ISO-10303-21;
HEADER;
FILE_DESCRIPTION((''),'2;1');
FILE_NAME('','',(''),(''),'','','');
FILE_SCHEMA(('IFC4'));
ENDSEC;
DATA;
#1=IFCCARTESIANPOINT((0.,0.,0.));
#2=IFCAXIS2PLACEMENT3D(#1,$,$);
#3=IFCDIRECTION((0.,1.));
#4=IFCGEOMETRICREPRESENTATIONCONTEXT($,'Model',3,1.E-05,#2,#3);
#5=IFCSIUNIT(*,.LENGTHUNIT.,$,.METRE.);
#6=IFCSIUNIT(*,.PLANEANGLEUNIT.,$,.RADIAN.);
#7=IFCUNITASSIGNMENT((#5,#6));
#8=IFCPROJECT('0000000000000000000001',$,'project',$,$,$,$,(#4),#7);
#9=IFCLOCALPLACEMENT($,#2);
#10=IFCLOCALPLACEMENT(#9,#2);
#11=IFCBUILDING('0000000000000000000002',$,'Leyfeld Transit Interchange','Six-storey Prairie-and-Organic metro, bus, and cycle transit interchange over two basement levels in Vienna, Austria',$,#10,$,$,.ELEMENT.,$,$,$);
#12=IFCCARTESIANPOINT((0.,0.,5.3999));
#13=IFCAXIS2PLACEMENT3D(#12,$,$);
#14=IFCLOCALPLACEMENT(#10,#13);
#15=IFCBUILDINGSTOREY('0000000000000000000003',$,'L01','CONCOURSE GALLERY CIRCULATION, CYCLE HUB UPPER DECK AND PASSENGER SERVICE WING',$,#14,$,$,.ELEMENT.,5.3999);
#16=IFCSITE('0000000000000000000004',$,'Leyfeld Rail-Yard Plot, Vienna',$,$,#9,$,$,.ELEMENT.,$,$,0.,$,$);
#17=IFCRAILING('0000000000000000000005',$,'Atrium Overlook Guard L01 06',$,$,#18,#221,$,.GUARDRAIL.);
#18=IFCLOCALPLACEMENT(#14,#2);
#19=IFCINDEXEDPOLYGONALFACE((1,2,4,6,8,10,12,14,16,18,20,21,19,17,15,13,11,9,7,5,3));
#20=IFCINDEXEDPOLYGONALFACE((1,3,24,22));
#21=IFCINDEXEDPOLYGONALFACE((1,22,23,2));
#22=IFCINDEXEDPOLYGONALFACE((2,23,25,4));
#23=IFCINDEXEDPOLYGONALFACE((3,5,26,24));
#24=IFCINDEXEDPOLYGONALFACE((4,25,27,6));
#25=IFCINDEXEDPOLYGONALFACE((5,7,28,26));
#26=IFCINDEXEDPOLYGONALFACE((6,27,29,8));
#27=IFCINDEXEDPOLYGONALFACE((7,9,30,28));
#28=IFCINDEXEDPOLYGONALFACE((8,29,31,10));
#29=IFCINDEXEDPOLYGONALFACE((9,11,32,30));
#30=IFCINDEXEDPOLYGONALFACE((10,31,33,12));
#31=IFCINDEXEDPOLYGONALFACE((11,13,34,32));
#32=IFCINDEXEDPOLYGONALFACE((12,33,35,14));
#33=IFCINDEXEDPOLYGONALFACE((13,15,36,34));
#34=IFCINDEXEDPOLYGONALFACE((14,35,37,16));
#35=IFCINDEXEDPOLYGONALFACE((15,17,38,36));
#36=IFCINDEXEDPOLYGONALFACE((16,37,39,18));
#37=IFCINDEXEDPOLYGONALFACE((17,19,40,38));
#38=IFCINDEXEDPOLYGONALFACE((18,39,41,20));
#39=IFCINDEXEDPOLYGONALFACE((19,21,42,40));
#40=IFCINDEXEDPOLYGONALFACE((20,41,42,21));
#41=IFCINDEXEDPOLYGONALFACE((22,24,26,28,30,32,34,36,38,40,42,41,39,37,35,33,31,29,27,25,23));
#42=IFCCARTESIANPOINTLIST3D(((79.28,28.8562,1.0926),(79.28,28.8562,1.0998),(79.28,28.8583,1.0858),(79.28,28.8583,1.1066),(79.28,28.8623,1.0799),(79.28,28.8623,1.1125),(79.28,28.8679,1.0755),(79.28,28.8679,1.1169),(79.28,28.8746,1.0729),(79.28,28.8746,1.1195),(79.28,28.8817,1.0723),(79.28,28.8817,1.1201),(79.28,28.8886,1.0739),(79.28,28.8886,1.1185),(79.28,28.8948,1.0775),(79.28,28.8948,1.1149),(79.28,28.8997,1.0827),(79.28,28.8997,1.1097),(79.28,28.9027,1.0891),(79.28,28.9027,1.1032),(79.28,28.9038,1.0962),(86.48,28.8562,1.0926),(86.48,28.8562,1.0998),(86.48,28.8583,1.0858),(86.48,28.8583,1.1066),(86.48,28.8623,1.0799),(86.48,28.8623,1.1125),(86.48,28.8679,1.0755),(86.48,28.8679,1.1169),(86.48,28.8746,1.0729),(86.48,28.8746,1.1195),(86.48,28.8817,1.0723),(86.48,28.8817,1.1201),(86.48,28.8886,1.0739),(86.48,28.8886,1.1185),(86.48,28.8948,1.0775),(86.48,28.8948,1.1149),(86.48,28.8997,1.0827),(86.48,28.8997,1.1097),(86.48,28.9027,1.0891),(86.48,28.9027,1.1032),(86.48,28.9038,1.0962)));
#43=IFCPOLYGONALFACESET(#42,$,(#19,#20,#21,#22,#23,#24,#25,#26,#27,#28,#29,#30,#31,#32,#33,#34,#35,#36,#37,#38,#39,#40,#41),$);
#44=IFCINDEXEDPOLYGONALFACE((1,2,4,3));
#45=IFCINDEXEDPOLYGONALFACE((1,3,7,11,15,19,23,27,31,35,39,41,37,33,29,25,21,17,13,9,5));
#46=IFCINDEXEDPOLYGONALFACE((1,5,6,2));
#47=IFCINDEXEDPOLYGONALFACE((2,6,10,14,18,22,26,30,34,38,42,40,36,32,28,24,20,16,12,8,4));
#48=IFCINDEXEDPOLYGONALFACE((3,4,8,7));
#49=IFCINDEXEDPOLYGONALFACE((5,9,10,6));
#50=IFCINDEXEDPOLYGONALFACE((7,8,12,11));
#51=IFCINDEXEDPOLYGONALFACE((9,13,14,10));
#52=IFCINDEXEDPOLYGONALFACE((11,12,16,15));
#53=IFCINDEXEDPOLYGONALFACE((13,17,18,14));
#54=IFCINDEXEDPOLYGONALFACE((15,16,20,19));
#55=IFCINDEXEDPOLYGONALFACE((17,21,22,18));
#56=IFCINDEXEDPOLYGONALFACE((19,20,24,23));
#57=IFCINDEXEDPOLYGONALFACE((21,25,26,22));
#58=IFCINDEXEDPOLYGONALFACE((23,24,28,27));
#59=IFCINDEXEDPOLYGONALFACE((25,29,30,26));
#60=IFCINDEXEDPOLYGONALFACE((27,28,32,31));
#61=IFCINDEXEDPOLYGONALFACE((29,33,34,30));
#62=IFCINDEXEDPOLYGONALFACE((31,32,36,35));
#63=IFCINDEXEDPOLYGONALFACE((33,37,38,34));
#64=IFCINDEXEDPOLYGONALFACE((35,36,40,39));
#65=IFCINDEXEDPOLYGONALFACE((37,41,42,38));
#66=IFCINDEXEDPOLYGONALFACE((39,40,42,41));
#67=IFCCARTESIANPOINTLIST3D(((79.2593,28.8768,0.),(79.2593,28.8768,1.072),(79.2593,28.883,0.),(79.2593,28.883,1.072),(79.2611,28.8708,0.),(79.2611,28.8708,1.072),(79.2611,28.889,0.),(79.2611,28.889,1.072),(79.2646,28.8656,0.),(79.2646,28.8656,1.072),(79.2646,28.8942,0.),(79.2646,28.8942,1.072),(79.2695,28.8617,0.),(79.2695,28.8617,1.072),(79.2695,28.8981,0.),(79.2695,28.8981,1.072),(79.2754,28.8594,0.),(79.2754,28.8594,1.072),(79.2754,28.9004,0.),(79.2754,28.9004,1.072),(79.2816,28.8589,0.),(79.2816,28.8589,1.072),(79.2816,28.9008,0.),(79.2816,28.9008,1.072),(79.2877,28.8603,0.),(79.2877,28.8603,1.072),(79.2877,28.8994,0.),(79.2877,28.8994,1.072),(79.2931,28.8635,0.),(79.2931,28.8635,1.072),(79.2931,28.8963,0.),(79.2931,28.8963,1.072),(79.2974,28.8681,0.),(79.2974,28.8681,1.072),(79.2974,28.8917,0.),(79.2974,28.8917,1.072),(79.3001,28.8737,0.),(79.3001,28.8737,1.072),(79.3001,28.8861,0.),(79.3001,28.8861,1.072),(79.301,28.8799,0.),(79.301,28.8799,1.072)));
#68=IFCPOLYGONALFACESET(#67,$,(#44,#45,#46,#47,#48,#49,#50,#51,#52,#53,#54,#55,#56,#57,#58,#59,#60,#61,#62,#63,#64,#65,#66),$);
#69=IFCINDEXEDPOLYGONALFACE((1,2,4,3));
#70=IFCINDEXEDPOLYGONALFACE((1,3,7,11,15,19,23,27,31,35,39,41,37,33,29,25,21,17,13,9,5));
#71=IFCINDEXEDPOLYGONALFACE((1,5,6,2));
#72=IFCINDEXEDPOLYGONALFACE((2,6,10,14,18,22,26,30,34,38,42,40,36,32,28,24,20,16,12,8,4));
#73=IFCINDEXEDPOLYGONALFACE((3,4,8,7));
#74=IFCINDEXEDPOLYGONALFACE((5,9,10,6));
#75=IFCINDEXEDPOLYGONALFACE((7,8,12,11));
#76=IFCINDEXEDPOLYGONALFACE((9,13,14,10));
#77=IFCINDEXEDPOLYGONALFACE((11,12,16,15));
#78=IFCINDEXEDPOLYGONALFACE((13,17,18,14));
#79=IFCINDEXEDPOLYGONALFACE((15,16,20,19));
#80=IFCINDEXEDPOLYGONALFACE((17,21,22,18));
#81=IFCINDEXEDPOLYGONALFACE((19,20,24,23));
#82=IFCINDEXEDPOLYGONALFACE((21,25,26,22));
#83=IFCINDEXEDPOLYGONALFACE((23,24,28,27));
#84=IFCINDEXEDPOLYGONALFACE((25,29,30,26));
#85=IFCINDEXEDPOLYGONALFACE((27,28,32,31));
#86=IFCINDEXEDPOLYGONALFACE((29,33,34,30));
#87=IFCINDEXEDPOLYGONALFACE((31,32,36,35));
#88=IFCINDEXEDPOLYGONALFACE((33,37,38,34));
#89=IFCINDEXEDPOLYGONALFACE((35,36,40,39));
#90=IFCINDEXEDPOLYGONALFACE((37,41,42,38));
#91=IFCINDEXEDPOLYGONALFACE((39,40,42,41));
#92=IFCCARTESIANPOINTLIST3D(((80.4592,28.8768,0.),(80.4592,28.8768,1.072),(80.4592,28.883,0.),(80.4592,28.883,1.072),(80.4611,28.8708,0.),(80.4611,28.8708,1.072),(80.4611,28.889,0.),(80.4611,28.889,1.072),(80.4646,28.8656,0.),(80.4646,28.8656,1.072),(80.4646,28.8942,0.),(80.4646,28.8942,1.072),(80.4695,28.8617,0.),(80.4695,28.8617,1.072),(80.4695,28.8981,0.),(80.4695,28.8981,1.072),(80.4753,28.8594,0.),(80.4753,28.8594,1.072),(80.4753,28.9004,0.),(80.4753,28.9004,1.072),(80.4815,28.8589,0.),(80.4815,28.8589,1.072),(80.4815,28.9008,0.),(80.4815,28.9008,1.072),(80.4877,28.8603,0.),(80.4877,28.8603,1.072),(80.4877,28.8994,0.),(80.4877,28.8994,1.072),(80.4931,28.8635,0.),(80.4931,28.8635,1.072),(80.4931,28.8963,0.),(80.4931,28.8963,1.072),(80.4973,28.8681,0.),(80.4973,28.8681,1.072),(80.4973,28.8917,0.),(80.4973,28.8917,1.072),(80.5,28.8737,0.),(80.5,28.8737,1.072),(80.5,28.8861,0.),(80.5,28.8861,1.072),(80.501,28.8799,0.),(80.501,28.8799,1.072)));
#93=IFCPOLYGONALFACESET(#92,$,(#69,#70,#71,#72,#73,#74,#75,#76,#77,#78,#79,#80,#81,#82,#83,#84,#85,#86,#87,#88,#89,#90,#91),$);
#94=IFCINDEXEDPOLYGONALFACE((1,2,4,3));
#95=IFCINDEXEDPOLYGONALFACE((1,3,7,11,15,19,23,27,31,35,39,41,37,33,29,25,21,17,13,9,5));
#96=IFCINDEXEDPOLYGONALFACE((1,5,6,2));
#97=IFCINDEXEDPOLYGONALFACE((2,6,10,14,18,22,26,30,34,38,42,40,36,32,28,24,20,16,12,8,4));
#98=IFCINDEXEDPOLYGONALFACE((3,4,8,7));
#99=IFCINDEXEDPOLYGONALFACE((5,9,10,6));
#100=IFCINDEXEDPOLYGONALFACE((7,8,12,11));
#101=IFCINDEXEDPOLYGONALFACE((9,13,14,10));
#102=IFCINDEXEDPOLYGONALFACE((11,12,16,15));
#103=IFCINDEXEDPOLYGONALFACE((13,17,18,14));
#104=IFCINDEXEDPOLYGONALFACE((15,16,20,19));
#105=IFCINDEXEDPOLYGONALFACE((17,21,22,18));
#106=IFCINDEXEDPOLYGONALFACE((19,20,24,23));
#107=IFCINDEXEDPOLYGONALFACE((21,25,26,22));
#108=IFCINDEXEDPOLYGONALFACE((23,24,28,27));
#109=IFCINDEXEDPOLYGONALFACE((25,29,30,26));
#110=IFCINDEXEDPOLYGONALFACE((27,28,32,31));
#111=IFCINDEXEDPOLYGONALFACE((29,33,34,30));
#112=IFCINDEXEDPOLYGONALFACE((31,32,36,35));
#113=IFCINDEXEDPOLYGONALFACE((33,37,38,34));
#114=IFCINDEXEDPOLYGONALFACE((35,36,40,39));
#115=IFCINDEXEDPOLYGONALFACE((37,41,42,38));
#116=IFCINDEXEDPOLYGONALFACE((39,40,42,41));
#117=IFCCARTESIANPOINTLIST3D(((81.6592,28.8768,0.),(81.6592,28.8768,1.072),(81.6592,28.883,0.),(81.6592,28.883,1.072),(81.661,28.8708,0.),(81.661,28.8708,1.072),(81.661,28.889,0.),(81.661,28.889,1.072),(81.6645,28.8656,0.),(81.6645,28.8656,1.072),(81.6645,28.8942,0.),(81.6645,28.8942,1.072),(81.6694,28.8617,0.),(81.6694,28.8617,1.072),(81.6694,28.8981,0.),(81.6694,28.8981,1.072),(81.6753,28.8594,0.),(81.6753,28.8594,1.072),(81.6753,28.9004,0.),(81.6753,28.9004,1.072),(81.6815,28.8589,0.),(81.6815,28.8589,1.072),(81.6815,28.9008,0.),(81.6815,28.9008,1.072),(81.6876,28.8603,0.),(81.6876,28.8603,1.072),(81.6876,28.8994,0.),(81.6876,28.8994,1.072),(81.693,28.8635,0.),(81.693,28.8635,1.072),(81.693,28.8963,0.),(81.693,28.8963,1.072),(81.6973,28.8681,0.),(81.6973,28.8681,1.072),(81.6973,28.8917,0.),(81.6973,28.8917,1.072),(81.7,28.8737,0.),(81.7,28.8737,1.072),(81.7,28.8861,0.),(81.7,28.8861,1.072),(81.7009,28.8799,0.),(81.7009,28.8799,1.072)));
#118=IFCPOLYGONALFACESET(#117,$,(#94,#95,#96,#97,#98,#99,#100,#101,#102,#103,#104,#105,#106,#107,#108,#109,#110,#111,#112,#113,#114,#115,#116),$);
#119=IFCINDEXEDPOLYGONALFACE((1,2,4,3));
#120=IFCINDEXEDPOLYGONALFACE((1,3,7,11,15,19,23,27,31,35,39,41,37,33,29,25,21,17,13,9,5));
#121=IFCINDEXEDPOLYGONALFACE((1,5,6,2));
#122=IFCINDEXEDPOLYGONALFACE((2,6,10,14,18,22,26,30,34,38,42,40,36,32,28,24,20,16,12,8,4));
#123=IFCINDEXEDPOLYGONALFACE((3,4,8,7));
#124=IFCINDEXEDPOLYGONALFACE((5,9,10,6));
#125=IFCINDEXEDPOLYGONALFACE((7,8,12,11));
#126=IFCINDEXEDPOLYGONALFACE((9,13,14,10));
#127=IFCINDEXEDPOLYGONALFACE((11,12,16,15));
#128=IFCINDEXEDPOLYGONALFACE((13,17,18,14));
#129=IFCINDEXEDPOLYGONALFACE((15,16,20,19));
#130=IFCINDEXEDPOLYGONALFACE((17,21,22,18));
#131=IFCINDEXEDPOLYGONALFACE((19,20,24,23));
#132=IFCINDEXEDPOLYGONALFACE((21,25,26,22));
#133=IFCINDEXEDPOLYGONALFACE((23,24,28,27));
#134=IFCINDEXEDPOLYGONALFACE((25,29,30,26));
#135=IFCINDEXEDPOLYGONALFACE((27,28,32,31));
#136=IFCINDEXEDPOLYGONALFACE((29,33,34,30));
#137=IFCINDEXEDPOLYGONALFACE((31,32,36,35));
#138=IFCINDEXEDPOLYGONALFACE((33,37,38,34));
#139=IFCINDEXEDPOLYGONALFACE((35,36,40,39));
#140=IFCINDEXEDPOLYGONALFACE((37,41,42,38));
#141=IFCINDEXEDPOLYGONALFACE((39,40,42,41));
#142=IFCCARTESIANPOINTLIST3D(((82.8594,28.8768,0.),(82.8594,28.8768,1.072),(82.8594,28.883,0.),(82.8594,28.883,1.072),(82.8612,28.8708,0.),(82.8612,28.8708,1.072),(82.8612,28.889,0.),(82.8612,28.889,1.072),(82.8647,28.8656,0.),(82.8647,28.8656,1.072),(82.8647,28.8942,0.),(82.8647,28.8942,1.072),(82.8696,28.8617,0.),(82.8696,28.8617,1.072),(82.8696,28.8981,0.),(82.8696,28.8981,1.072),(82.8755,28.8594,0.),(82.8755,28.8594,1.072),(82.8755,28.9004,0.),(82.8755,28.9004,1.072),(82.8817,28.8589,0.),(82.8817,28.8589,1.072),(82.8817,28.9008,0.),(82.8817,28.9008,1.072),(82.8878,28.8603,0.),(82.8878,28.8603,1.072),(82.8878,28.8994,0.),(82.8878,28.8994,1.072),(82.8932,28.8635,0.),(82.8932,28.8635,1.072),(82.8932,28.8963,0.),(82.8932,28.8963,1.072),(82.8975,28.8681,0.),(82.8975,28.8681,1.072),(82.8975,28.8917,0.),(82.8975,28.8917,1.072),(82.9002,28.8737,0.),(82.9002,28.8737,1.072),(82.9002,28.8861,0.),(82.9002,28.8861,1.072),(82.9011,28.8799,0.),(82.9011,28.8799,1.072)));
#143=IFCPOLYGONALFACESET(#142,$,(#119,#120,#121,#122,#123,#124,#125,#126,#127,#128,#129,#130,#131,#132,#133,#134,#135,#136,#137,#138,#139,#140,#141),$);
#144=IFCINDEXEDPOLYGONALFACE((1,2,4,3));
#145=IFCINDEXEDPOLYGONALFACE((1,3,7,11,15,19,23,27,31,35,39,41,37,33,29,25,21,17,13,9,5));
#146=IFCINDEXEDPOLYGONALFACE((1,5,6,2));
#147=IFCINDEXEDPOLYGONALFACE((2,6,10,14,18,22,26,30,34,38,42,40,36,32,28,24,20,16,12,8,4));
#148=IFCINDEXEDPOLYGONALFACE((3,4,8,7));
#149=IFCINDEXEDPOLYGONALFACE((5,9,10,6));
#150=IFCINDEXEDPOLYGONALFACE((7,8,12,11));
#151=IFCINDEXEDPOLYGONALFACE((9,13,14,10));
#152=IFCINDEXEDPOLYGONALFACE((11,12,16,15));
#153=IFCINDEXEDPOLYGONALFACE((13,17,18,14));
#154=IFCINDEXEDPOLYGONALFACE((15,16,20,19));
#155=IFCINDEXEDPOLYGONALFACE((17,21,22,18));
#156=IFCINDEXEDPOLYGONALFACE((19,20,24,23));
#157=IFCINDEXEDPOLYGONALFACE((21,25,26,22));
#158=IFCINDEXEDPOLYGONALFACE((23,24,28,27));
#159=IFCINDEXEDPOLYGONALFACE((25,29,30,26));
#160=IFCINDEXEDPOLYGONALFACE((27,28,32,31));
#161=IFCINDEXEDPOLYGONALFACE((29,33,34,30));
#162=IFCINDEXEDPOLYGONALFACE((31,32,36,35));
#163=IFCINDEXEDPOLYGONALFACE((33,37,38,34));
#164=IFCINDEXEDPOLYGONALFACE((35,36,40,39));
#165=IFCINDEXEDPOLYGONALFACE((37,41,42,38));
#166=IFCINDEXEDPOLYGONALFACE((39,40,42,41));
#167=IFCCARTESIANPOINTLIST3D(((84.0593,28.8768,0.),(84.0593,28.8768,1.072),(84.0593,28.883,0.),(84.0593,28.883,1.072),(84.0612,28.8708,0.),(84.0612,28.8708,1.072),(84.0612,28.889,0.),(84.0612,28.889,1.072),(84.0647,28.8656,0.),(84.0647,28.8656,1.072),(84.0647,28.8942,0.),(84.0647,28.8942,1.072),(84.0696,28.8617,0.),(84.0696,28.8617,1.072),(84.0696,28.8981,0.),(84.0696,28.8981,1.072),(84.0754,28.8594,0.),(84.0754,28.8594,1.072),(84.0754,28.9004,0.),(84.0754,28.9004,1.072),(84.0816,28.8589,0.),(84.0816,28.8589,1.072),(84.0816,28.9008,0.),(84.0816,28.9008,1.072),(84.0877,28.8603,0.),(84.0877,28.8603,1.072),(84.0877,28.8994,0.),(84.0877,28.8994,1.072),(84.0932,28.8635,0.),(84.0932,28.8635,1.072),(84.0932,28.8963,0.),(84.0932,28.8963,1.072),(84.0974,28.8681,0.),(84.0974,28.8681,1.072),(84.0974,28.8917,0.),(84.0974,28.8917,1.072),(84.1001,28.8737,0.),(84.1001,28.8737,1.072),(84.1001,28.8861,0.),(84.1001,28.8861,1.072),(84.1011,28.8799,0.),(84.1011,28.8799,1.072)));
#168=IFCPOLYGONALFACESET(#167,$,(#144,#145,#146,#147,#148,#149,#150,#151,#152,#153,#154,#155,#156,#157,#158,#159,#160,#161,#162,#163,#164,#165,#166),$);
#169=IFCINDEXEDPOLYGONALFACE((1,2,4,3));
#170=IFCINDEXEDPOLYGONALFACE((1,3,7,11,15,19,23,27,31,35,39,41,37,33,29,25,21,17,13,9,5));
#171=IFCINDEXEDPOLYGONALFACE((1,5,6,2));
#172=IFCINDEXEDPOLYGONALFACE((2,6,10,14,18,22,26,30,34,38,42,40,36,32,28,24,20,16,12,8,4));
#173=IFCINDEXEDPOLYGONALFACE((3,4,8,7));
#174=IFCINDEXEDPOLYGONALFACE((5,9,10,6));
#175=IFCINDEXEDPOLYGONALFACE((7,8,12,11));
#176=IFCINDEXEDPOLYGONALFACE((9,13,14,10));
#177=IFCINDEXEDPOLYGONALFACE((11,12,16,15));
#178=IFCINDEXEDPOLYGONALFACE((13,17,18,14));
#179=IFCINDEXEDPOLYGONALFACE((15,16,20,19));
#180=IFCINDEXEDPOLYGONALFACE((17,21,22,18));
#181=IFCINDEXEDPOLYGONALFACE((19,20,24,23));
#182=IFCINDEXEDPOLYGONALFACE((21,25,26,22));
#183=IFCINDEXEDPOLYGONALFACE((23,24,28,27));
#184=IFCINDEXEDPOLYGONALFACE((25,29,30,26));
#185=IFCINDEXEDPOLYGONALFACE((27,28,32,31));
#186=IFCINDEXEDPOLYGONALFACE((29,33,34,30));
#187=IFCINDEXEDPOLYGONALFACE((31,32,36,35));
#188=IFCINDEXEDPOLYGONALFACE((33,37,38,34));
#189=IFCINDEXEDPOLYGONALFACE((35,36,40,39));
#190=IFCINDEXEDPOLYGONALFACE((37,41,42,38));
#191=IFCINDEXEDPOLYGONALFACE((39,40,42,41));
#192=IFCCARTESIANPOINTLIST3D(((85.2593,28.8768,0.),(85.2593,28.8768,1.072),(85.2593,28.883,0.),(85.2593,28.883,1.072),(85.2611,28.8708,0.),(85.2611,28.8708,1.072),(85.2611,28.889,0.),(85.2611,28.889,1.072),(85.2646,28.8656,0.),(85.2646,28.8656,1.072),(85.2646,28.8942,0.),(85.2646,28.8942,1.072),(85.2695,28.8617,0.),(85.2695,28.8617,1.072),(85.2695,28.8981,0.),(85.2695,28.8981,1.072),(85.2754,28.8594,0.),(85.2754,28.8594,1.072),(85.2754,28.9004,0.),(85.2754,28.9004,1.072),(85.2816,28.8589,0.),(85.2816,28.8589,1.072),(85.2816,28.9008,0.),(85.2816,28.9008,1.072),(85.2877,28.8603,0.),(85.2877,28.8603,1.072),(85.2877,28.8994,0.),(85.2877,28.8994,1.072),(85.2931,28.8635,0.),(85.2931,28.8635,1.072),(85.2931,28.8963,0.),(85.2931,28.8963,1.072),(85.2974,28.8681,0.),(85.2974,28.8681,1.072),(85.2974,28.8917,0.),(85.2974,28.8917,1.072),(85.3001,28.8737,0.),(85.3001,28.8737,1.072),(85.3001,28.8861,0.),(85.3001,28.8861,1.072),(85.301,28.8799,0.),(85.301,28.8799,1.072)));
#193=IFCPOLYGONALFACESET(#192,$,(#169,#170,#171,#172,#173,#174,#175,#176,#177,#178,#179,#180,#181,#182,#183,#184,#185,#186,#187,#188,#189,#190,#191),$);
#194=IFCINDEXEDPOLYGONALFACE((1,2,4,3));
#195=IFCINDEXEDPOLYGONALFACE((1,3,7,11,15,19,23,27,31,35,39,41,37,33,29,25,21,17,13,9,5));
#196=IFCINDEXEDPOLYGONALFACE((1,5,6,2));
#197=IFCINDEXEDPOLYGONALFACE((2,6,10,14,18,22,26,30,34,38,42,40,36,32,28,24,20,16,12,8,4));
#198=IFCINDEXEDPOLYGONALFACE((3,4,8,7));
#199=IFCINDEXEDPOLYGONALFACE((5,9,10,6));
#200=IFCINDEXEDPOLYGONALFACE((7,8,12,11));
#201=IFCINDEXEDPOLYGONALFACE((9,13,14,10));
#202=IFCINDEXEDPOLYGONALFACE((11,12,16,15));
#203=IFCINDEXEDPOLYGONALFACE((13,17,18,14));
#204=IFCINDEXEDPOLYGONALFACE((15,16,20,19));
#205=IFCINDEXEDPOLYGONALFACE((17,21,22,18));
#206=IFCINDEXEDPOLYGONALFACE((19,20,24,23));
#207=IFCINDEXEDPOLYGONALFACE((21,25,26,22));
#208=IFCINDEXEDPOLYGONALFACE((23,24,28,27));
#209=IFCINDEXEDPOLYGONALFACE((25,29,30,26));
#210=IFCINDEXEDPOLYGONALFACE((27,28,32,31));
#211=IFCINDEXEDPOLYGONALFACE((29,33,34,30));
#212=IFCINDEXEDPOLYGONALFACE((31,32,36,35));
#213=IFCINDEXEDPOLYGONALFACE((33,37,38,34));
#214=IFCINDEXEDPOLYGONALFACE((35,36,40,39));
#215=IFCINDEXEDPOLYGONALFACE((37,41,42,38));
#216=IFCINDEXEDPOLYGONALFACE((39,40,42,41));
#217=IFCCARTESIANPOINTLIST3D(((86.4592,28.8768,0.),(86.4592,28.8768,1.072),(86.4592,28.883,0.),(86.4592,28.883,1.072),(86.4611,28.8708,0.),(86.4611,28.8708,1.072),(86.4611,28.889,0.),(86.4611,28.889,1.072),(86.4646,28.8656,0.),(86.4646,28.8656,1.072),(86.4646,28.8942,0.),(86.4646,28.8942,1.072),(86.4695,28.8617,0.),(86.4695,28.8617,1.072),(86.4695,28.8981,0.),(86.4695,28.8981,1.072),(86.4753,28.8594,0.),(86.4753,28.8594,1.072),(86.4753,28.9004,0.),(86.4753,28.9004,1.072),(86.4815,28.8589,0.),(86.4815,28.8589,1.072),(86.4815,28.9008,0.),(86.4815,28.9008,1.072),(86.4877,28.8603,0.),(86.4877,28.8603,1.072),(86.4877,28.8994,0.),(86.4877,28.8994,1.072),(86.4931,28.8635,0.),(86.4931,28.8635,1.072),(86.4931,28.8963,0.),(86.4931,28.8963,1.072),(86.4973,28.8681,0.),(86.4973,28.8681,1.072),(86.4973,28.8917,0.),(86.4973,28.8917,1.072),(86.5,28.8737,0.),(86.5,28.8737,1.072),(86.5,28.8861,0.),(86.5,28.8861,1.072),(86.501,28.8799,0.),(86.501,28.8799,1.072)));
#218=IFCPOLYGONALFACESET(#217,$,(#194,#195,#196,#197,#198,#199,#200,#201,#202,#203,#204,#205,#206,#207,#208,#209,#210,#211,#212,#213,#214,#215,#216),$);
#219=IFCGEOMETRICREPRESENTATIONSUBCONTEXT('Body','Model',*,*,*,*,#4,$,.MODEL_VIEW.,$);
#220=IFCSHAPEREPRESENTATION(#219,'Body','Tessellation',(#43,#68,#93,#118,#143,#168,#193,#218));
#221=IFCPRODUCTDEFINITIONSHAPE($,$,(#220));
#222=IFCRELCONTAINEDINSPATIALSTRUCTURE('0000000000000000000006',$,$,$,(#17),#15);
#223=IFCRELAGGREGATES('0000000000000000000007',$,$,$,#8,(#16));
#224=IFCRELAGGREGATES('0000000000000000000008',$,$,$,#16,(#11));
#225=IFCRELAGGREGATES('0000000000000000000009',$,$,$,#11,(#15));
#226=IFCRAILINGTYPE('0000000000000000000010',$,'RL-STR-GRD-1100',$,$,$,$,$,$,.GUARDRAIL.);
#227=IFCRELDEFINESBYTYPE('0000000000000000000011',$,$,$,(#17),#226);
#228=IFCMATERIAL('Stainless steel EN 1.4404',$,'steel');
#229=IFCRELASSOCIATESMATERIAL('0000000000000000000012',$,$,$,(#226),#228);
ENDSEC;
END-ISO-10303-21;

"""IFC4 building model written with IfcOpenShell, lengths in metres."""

from ifc_helpers import new_model, si_unit, direction, frame, origin, origin_2d, place, context, subcontext, project, spatial, circle, extrude, material, type_object, element, save


model = new_model("IFC4")

# Units and contexts
model_context = context("Model", 3, precision=1e-05, world=origin(), true_north=direction((0.0, 1.0)))
body_context = subcontext(model_context, "Body", "Model", "MODEL_VIEW")
ifc_project = project(units=[si_unit("LENGTHUNIT", "METRE"), si_unit("PLANEANGLEUNIT", "RADIAN")], contexts=[model_context])

# Site, building, storey
site_placement = place(None, origin())
site = spatial("IfcSite", under=ifc_project, at=site_placement, Name="Leyfeld Rail-Yard Plot, Vienna", CompositionType="ELEMENT", RefElevation=0.0)
building_placement = place(site_placement, origin())
building = spatial("IfcBuilding", under=site, at=building_placement, Name="Leyfeld Transit Interchange", Description="Six-storey Prairie-and-Organic metro, bus, and cycle transit interchange over two basement levels in Vienna, Austria", CompositionType="ELEMENT")
storey_placement = place(building_placement, frame((0.0, 0.0, 5.3999)))
storey = spatial("IfcBuildingStorey", under=building, at=storey_placement, Name="L01", Description="CONCOURSE GALLERY CIRCULATION, CYCLE HUB UPPER DECK AND PASSENGER SERVICE WING", CompositionType="ELEMENT", Elevation=5.3999)

# Railing
ifc_material_1 = material(Name="Stainless steel EN 1.4404", Category="steel")
railing_type = type_object("IfcRailingType", Name="RL-STR-GRD-1100", PredefinedType="GUARDRAIL", material=ifc_material_1)
railing_1_placement = place(storey_placement, frame((79.28, 28.8799, 0.0)))
element("IfcRailing", 1, at=railing_1_placement, inside=storey, type_object=railing_type, Name="Atrium Overlook Guard L01 06", PredefinedType="GUARDRAIL", context=body_context, shape_type="SweptSolid", body=[
    extrude(circle(Radius=0.0239, at=origin_2d()), frame((0.0, 0.0, 1.0962), z_axis=(1.0, 0.0, 0.0), x_axis=(0.0, 1.0, 0.0)), (0.0, 0.0, 1.0), 7.2),
    extrude(circle(Radius=0.021, at=origin_2d()), origin(), (0.0, 0.0, 1.0), 1.072),
    extrude(circle(Radius=0.021, at=origin_2d()), frame((1.2, 0.0, 0.0)), (0.0, 0.0, 1.0), 1.072),
    extrude(circle(Radius=0.021, at=origin_2d()), frame((2.3999, 0.0, 0.0)), (0.0, 0.0, 1.0), 1.072),
    extrude(circle(Radius=0.021, at=origin_2d()), frame((3.6001, 0.0, 0.0)), (0.0, 0.0, 1.0), 1.072),
    extrude(circle(Radius=0.021, at=origin_2d()), frame((4.8, 0.0, 0.0)), (0.0, 0.0, 1.0), 1.072),
    extrude(circle(Radius=0.021, at=origin_2d()), frame((6.0, 0.0, 0.0)), (0.0, 0.0, 1.0), 1.072),
    extrude(circle(Radius=0.021, at=origin_2d()), frame((7.2, 0.0, 0.0)), (0.0, 0.0, 1.0), 1.072),
])

save(model, "model.ifc")
